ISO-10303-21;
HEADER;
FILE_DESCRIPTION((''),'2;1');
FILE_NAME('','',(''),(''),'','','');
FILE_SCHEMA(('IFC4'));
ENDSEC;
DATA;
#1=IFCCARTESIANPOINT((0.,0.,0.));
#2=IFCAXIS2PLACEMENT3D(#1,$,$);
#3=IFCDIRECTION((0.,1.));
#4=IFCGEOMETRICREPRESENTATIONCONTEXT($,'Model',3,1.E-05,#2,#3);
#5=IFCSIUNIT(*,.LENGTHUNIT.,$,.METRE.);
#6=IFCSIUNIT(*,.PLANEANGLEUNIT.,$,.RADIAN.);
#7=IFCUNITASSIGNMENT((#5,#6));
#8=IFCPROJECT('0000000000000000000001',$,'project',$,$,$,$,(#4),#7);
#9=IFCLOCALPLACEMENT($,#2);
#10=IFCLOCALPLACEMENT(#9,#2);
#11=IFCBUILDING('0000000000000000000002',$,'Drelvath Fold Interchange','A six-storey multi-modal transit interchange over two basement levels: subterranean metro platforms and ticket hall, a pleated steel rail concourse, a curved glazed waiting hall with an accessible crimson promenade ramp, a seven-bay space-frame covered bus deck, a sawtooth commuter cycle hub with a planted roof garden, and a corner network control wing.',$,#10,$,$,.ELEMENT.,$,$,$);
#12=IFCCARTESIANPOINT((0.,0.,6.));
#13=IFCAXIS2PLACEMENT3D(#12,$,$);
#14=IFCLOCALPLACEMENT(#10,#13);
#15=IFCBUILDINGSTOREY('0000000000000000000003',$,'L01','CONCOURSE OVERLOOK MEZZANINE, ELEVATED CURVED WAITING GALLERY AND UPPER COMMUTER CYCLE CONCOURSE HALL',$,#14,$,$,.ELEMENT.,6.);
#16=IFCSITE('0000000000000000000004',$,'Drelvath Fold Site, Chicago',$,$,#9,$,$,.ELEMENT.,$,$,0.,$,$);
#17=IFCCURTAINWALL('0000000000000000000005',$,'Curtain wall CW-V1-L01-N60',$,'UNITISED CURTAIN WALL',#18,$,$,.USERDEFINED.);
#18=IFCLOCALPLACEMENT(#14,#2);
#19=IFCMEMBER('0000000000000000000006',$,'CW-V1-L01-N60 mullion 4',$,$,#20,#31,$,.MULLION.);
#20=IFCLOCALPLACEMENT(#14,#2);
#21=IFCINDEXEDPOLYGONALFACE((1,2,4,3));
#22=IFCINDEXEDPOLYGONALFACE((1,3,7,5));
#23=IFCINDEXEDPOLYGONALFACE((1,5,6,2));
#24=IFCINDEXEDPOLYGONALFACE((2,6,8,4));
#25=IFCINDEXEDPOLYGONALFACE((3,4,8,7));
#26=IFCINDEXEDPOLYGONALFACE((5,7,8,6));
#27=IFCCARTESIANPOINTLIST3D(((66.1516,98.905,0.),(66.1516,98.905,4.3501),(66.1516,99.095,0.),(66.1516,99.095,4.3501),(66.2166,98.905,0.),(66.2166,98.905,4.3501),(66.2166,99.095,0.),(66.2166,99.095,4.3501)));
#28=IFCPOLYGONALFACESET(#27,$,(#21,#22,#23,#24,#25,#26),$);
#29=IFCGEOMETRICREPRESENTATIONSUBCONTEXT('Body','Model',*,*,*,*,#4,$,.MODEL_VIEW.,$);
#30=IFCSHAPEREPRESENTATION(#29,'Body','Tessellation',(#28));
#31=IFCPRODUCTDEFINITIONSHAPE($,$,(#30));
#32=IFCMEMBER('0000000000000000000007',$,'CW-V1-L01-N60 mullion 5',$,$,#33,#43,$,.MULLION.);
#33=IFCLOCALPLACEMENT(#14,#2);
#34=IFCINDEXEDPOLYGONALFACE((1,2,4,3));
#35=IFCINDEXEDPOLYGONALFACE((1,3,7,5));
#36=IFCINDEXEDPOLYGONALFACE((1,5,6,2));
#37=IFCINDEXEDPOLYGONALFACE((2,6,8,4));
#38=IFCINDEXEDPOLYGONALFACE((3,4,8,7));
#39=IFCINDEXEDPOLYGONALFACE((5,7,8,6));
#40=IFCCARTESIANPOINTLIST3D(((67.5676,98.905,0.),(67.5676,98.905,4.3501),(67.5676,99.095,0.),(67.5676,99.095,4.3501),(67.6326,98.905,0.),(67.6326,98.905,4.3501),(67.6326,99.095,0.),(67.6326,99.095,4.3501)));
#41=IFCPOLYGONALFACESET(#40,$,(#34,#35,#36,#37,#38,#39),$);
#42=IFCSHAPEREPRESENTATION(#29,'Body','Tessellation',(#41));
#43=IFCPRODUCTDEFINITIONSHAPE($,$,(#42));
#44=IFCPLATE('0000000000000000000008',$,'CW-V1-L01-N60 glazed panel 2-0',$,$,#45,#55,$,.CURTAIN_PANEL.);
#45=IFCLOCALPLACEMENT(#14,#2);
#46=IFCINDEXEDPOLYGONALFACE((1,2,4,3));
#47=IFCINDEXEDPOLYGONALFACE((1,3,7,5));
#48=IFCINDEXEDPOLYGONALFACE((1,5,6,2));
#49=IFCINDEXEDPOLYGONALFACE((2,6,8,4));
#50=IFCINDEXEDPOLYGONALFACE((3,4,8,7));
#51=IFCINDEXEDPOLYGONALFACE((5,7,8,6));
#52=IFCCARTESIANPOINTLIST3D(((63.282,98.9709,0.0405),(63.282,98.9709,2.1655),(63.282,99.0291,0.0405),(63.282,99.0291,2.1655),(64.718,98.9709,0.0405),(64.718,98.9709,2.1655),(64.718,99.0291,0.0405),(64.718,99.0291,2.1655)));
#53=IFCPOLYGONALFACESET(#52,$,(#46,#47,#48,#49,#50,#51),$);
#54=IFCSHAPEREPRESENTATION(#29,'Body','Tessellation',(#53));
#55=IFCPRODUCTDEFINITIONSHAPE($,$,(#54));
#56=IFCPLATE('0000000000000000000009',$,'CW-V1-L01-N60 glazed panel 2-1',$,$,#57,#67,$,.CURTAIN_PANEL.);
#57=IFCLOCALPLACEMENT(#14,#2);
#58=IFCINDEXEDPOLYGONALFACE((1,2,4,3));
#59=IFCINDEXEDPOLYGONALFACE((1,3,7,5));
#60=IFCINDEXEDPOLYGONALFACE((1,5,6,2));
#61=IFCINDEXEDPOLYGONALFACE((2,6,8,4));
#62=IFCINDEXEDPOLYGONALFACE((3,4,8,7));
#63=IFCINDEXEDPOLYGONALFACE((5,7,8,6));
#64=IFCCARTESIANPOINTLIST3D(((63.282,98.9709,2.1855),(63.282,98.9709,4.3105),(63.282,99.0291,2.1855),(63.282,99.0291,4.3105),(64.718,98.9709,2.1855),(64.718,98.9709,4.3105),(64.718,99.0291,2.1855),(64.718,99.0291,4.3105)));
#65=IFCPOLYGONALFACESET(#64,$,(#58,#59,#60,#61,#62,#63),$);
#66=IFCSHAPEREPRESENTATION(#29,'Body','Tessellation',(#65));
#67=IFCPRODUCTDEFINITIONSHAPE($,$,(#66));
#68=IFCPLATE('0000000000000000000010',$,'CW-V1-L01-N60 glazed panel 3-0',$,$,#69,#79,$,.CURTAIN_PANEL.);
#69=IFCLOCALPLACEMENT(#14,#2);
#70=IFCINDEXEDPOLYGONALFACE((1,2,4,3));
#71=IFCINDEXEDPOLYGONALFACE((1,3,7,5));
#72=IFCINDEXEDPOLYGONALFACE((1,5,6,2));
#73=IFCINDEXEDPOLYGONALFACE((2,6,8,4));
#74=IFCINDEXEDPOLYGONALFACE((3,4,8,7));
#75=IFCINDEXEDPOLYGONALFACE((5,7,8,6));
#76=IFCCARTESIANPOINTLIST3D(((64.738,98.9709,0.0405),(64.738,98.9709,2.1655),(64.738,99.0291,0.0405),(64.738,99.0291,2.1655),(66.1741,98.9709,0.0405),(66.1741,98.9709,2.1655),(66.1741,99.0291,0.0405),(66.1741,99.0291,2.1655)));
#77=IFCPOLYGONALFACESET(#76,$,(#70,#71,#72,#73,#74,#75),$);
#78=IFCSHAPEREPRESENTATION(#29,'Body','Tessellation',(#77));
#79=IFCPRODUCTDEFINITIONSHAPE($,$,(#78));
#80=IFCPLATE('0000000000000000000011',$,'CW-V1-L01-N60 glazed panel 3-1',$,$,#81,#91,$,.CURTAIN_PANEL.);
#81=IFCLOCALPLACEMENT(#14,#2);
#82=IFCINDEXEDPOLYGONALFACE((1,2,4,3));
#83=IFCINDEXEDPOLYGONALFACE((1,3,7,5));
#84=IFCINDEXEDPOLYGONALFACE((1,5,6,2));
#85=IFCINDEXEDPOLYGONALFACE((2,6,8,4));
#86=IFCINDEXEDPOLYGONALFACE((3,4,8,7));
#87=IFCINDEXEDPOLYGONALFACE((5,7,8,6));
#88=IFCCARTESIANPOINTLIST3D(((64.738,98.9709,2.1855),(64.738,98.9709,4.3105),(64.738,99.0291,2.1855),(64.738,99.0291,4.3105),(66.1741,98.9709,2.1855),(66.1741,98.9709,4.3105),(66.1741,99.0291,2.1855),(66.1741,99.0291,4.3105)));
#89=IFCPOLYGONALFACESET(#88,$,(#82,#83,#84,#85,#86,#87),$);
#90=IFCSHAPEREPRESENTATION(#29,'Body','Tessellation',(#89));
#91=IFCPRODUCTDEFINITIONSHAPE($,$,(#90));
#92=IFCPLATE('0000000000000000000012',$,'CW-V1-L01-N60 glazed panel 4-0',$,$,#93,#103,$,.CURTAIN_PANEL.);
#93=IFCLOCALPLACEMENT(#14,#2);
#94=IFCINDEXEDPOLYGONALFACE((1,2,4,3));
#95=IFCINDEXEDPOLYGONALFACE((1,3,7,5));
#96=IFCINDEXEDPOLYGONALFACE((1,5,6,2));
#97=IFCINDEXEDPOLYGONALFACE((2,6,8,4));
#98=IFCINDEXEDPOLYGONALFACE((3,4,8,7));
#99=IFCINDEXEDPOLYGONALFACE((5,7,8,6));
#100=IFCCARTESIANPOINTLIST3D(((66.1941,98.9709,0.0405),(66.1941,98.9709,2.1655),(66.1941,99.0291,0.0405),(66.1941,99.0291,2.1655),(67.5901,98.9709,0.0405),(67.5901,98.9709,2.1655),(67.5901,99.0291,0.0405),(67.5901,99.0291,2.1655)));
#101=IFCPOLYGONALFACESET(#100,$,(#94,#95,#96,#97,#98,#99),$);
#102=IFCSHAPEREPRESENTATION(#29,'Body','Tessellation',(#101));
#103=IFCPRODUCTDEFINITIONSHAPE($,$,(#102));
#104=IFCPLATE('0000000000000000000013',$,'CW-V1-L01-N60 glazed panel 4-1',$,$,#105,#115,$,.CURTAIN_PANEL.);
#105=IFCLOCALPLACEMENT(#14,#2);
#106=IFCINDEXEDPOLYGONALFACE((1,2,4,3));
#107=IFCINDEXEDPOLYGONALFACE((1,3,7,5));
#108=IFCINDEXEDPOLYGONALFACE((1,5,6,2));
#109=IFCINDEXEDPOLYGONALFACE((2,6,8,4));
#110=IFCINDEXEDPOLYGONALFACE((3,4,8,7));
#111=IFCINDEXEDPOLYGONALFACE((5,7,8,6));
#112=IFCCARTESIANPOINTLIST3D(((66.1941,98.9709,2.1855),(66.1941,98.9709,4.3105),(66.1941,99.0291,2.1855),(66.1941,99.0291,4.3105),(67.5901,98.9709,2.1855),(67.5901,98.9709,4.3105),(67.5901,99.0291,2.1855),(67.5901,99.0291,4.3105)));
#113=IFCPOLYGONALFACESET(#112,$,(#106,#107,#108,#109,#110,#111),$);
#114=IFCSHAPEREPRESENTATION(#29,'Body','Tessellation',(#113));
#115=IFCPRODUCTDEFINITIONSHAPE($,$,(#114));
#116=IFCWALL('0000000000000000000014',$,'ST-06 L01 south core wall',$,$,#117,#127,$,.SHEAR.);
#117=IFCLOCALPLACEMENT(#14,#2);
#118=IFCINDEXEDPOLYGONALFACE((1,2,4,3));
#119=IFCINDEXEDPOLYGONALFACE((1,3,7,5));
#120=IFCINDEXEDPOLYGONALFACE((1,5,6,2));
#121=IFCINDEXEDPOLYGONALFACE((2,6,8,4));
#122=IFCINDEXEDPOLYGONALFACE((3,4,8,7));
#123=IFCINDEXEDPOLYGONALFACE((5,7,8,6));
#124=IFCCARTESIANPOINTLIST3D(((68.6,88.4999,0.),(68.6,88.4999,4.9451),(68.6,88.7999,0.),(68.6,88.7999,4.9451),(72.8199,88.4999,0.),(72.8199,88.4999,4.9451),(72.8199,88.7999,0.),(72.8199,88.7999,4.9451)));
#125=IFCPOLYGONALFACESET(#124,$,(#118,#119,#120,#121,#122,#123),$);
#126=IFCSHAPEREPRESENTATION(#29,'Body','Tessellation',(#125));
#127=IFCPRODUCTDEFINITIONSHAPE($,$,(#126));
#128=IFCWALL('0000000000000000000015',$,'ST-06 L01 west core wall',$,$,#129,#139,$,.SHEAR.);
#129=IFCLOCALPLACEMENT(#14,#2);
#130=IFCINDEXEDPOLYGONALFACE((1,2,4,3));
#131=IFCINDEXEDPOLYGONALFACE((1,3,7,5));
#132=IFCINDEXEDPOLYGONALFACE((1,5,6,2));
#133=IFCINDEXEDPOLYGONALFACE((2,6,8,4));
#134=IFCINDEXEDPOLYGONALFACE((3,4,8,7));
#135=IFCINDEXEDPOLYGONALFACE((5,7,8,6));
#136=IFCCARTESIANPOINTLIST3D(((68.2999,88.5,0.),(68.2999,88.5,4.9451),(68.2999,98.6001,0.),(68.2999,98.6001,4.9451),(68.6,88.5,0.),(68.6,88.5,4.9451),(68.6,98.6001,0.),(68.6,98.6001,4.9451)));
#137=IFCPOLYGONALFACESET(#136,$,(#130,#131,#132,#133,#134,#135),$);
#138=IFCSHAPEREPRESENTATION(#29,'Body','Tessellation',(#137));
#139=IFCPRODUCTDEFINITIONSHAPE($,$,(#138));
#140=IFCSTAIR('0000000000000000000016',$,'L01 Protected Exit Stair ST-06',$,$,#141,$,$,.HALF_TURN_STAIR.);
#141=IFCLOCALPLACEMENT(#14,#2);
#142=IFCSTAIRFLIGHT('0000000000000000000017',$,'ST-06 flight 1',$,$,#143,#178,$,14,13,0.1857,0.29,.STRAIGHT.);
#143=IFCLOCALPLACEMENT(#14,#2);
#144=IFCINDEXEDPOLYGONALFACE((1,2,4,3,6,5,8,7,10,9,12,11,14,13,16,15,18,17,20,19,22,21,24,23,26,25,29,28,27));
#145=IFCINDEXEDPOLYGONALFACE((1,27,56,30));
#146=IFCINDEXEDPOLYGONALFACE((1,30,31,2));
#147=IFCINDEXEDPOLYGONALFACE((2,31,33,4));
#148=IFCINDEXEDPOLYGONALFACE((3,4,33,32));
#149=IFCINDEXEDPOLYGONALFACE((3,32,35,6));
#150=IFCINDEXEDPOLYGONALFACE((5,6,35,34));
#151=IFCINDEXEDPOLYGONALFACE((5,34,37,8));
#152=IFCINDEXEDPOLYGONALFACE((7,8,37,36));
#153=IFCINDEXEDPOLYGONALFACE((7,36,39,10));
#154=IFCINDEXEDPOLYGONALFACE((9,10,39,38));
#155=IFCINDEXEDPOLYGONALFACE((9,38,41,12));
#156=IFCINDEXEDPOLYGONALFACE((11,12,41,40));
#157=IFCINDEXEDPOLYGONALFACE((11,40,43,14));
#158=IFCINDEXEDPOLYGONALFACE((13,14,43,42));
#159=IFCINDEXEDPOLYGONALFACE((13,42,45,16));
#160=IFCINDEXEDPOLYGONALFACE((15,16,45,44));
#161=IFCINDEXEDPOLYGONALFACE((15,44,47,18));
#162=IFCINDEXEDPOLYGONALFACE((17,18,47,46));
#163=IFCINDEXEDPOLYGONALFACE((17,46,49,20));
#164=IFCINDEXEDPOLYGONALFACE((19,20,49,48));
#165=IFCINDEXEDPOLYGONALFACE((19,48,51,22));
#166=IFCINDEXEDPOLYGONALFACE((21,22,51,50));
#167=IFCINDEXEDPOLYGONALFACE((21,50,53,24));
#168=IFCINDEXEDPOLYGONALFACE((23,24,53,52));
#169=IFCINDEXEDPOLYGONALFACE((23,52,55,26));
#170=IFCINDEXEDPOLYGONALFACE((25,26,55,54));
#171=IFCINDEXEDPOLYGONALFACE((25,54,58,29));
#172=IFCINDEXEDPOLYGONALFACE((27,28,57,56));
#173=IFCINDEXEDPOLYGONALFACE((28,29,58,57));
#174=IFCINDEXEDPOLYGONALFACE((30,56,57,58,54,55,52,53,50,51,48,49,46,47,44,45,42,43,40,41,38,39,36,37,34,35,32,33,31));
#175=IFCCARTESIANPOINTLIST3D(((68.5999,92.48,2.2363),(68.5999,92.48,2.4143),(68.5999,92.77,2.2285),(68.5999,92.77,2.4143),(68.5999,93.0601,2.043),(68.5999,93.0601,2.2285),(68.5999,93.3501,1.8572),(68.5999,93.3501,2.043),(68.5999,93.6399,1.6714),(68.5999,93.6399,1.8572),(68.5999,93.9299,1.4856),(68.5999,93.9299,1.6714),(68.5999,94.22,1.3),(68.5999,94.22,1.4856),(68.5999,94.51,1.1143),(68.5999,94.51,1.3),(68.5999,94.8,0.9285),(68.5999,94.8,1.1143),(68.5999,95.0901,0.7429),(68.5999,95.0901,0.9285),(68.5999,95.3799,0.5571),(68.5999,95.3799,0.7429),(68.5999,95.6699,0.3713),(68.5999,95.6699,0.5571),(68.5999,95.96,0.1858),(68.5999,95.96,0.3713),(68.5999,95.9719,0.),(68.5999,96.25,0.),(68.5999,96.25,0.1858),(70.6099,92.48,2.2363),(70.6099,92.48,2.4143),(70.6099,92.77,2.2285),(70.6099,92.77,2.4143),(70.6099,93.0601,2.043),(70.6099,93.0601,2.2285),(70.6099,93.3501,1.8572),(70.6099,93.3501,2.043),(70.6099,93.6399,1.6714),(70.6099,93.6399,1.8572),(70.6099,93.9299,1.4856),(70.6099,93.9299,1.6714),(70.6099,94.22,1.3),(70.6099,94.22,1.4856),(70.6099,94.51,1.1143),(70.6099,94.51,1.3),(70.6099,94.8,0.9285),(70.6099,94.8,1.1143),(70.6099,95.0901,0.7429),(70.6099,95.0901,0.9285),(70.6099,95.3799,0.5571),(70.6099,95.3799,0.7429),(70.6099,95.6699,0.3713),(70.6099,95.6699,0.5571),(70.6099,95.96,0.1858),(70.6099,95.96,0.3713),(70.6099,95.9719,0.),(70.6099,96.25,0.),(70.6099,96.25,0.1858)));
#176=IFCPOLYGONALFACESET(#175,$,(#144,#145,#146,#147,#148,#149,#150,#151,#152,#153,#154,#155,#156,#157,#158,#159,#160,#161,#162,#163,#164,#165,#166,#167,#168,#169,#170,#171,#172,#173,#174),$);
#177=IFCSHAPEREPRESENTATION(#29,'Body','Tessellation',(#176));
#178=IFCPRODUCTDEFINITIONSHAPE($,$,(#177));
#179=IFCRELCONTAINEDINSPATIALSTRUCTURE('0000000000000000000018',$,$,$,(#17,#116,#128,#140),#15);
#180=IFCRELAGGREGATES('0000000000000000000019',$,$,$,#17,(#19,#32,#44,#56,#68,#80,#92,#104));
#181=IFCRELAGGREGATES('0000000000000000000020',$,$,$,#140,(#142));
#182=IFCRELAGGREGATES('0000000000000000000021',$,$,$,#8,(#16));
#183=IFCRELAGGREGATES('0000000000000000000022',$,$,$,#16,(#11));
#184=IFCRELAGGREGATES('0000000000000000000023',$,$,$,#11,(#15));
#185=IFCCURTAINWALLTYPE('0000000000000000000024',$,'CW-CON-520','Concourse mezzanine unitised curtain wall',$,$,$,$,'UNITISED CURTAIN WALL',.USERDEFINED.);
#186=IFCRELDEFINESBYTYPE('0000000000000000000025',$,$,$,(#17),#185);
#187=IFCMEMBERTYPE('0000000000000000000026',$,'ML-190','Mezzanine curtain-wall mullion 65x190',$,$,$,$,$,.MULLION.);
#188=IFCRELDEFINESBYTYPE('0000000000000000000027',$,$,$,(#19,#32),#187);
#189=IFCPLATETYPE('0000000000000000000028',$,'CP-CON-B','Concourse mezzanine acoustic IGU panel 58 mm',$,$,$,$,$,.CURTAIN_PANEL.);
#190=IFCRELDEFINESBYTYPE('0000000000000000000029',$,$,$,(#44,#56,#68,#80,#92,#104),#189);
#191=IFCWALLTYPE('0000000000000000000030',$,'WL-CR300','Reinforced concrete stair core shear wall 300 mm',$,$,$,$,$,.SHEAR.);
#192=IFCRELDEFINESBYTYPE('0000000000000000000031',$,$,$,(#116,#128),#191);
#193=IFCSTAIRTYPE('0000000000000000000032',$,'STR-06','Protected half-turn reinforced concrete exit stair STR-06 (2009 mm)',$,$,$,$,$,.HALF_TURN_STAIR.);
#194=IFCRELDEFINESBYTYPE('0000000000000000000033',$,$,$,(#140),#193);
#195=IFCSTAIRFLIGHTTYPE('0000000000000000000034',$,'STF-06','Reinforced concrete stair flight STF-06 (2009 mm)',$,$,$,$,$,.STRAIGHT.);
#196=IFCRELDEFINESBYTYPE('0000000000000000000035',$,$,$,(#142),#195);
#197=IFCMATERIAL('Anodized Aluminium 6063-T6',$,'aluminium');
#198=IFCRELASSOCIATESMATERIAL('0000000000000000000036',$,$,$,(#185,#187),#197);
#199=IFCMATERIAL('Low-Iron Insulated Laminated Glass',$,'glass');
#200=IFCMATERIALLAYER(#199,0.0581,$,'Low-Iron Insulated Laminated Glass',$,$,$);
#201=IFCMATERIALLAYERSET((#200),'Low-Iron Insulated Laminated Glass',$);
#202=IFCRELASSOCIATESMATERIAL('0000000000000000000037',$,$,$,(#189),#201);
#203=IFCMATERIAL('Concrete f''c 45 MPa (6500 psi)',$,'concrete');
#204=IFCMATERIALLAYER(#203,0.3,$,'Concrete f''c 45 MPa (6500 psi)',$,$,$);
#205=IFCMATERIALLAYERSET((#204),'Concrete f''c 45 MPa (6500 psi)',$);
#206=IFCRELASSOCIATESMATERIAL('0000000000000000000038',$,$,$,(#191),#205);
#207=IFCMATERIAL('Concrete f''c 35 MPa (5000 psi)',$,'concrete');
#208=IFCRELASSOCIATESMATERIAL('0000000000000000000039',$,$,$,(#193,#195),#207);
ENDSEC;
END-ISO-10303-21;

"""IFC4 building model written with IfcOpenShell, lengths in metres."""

from ifc_helpers import new_model, si_unit, direction, frame, frame_2d, origin, origin_2d, place, context, subcontext, project, spatial, polyline, rectangle, outline, extrude, material, layer, layer_set, material_profile, profile_set, type_object, element, aggregate, save


model = new_model("IFC4")

# Units and contexts
model_context = context("Model", 3, precision=1e-05, world=origin(), true_north=direction((0.0, 1.0)))
body_context = subcontext(model_context, "Body", "Model", "MODEL_VIEW")
ifc_project = project(units=[si_unit("LENGTHUNIT", "METRE"), si_unit("PLANEANGLEUNIT", "RADIAN")], contexts=[model_context])

# Site, building, storey
site_placement = place(None, origin())
site = spatial("IfcSite", under=ifc_project, at=site_placement, Name="Drelvath Fold Site, Chicago", CompositionType="ELEMENT", RefElevation=0.0)
building_placement = place(site_placement, origin())
building = spatial("IfcBuilding", under=site, at=building_placement, Name="Drelvath Fold Interchange", Description="A six-storey multi-modal transit interchange over two basement levels: subterranean metro platforms and ticket hall, a pleated steel rail concourse, a curved glazed waiting hall with an accessible crimson promenade ramp, a seven-bay space-frame covered bus deck, a sawtooth commuter cycle hub with a planted roof garden, and a corner network control wing.", CompositionType="ELEMENT")
storey_placement = place(building_placement, frame((0.0, 0.0, 6.0)))
storey = spatial("IfcBuildingStorey", under=building, at=storey_placement, Name="L01", Description="CONCOURSE OVERLOOK MEZZANINE, ELEVATED CURVED WAITING GALLERY AND UPPER COMMUTER CYCLE CONCOURSE HALL", CompositionType="ELEMENT", Elevation=6.0)

# Curtain wall, members, plates
ifc_material_1 = material(Name="Anodized Aluminium 6063-T6", Category="aluminium")
curtain_wall_type = type_object("IfcCurtainWallType", Name="CW-CON-520", Description="Concourse mezzanine unitised curtain wall", ElementType="UNITISED CURTAIN WALL", PredefinedType="USERDEFINED", material=ifc_material_1)
curtain_wall_placement = place(storey_placement, origin())
curtain_wall = element("IfcCurtainWall", 1, at=curtain_wall_placement, inside=storey, type_object=curtain_wall_type, Name="Curtain wall CW-V1-L01-N60", ObjectType="UNITISED CURTAIN WALL", PredefinedType="USERDEFINED")
ifc_material_profile_1 = material_profile(ifc_material_1, rectangle(XDim=0.0649, YDim=0.1899, at=origin_2d()), Name="AL-M 65x190")
ifc_profile_set_1 = profile_set([ifc_material_profile_1], Name="Anodized Aluminium 6063-T6")
member_type = type_object("IfcMemberType", Name="ML-190", Description="Mezzanine curtain-wall mullion 65x190", PredefinedType="MULLION", material=ifc_profile_set_1)
member_1_placement = place(storey_placement, frame((66.1841, 99.0, 0.0), z_axis=(0.0, 0.0, 1.0), x_axis=(1.0, 0.0, 0.0)))
member_1 = element("IfcMember", 2, at=member_1_placement, type_object=member_type, Name="CW-V1-L01-N60 mullion 4", PredefinedType="MULLION", context=body_context, shape_type="SweptSolid", body=[
    extrude(rectangle(XDim=0.0649, YDim=0.1899, at=origin_2d()), origin(), (0.0, 0.0, 1.0), 4.3501),
])
member_2_placement = place(storey_placement, frame((67.6001, 99.0, 0.0), z_axis=(0.0, 0.0, 1.0), x_axis=(1.0, 0.0, 0.0)))
member_2 = element("IfcMember", 3, at=member_2_placement, type_object=member_type, Name="CW-V1-L01-N60 mullion 5", PredefinedType="MULLION", context=body_context, shape_type="SweptSolid", body=[
    extrude(rectangle(XDim=0.0649, YDim=0.1899, at=origin_2d()), origin(), (0.0, 0.0, 1.0), 4.3501),
])
ifc_material_2 = material(Name="Low-Iron Insulated Laminated Glass", Category="glass")
ifc_layer_1 = layer(ifc_material_2, 0.0581, Name="Low-Iron Insulated Laminated Glass")
ifc_layer_set_1 = layer_set([ifc_layer_1], Name="Low-Iron Insulated Laminated Glass")
plate_type = type_object("IfcPlateType", Name="CP-CON-B", Description="Concourse mezzanine acoustic IGU panel 58 mm", PredefinedType="CURTAIN_PANEL", material=ifc_layer_set_1)
plate_1_placement = place(storey_placement, frame((64.0, 99.0, 0.0405), z_axis=(0.0, 0.0, 1.0), x_axis=(1.0, 0.0, 0.0)))
plate_1 = element("IfcPlate", 4, at=plate_1_placement, type_object=plate_type, Name="CW-V1-L01-N60 glazed panel 2-0", PredefinedType="CURTAIN_PANEL", context=body_context, shape_type="SweptSolid", body=[
    extrude(rectangle(XDim=1.436, YDim=0.0581, at=origin_2d()), origin(), (0.0, 0.0, 1.0), 2.125),
])
plate_2_placement = place(storey_placement, frame((64.0, 99.0, 2.1855), z_axis=(0.0, 0.0, 1.0), x_axis=(1.0, 0.0, 0.0)))
plate_2 = element("IfcPlate", 5, at=plate_2_placement, type_object=plate_type, Name="CW-V1-L01-N60 glazed panel 2-1", PredefinedType="CURTAIN_PANEL", context=body_context, shape_type="SweptSolid", body=[
    extrude(rectangle(XDim=1.436, YDim=0.0581, at=origin_2d()), origin(), (0.0, 0.0, 1.0), 2.125),
])
plate_3_placement = place(storey_placement, frame((65.4561, 99.0, 0.0405), z_axis=(0.0, 0.0, 1.0), x_axis=(1.0, 0.0, 0.0)))
plate_3 = element("IfcPlate", 6, at=plate_3_placement, type_object=plate_type, Name="CW-V1-L01-N60 glazed panel 3-0", PredefinedType="CURTAIN_PANEL", context=body_context, shape_type="SweptSolid", body=[
    extrude(rectangle(XDim=1.436, YDim=0.0581, at=origin_2d()), origin(), (0.0, 0.0, 1.0), 2.125),
])
plate_4_placement = place(storey_placement, frame((65.4561, 99.0, 2.1855), z_axis=(0.0, 0.0, 1.0), x_axis=(1.0, 0.0, 0.0)))
plate_4 = element("IfcPlate", 7, at=plate_4_placement, type_object=plate_type, Name="CW-V1-L01-N60 glazed panel 3-1", PredefinedType="CURTAIN_PANEL", context=body_context, shape_type="SweptSolid", body=[
    extrude(rectangle(XDim=1.436, YDim=0.0581, at=origin_2d()), origin(), (0.0, 0.0, 1.0), 2.125),
])
plate_5_placement = place(storey_placement, frame((66.8921, 99.0, 0.0405), z_axis=(0.0, 0.0, 1.0), x_axis=(1.0, 0.0, 0.0)))
plate_5 = element("IfcPlate", 8, at=plate_5_placement, type_object=plate_type, Name="CW-V1-L01-N60 glazed panel 4-0", PredefinedType="CURTAIN_PANEL", context=body_context, shape_type="SweptSolid", body=[
    extrude(rectangle(XDim=1.396, YDim=0.0581, at=origin_2d()), origin(), (0.0, 0.0, 1.0), 2.125),
])
plate_6_placement = place(storey_placement, frame((66.8921, 99.0, 2.1855), z_axis=(0.0, 0.0, 1.0), x_axis=(1.0, 0.0, 0.0)))
plate_6 = element("IfcPlate", 9, at=plate_6_placement, type_object=plate_type, Name="CW-V1-L01-N60 glazed panel 4-1", PredefinedType="CURTAIN_PANEL", context=body_context, shape_type="SweptSolid", body=[
    extrude(rectangle(XDim=1.396, YDim=0.0581, at=origin_2d()), origin(), (0.0, 0.0, 1.0), 2.125),
])
aggregate(curtain_wall, [member_1, member_2, plate_1, plate_2, plate_3, plate_4, plate_5, plate_6])

# Walls
ifc_material_3 = material(Name="Concrete f'c 45 MPa (6500 psi)", Category="concrete")
ifc_layer_2 = layer(ifc_material_3, 0.3, Name="Concrete f'c 45 MPa (6500 psi)")
ifc_layer_set_2 = layer_set([ifc_layer_2], Name="Concrete f'c 45 MPa (6500 psi)")
wall_type = type_object("IfcWallType", Name="WL-CR300", Description="Reinforced concrete stair core shear wall 300 mm", PredefinedType="SHEAR", material=ifc_layer_set_2)
wall_1_placement = place(storey_placement, frame((68.6001, 88.6499, 0.0), z_axis=(0.0, 0.0, 1.0), x_axis=(1.0, 0.0, 0.0)))
element("IfcWall", 10, at=wall_1_placement, inside=storey, type_object=wall_type, Name="ST-06 L01 south core wall", PredefinedType="SHEAR", context=body_context, shape_type="SweptSolid", body=[
    extrude(rectangle(XDim=4.22, YDim=0.3, at=frame_2d((2.1099, 0.0))), origin(), (0.0, 0.0, 1.0), 4.9451),
])
wall_2_placement = place(storey_placement, frame((68.45, 98.6001, 0.0), z_axis=(0.0, 0.0, 1.0), x_axis=(0.0, -1.0, 0.0)))
element("IfcWall", 11, at=wall_2_placement, inside=storey, type_object=wall_type, Name="ST-06 L01 west core wall", PredefinedType="SHEAR", context=body_context, shape_type="SweptSolid", body=[
    extrude(rectangle(XDim=10.1001, YDim=0.3, at=frame_2d((5.05, 0.0))), origin(), (0.0, 0.0, 1.0), 4.9451),
])

# Stair, stair flight
ifc_material_4 = material(Name="Concrete f'c 35 MPa (5000 psi)", Category="concrete")
stair_type = type_object("IfcStairType", Name="STR-06", Description="Protected half-turn reinforced concrete exit stair STR-06 (2009 mm)", PredefinedType="HALF_TURN_STAIR", material=ifc_material_4)
stair_placement = place(storey_placement, origin())
stair = element("IfcStair", 12, at=stair_placement, inside=storey, type_object=stair_type, Name="L01 Protected Exit Stair ST-06", PredefinedType="HALF_TURN_STAIR")
stair_flight_type = type_object("IfcStairFlightType", Name="STF-06", Description="Reinforced concrete stair flight STF-06 (2009 mm)", PredefinedType="STRAIGHT", material=ifc_material_4)
stair_flight_1_placement = place(storey_placement, frame((69.605, 96.25, 0.0), z_axis=(0.0, 0.0, 1.0), x_axis=(0.0, -1.0, 0.0)))
stair_flight_1 = element("IfcStairFlight", 13, at=stair_flight_1_placement, type_object=stair_flight_type, Name="ST-06 flight 1", NumberOfRisers=14, NumberOfTreads=13, PredefinedType="STRAIGHT", RiserHeight=0.1857, TreadLength=0.29, context=body_context, shape_type="SweptSolid", body=[
    extrude(outline(polyline([(0.0, 0.0), (0.0, 0.1858), (0.29, 0.1858), (0.29, 0.3713), (0.5801, 0.3713), (0.5801, 0.5571), (0.8701, 0.5571), (0.8701, 0.7429), (1.1599, 0.7429), (1.1599, 0.9285), (1.45, 0.9285), (1.45, 1.1143), (1.74, 1.1143), (1.74, 1.3), (2.03, 1.3), (2.03, 1.4856), (2.3201, 1.4856), (2.3201, 1.6714), (2.6101, 1.6714), (2.6101, 1.8572), (2.8999, 1.8572), (2.8999, 2.043), (3.1899, 2.043), (3.1899, 2.2285), (3.48, 2.2285), (3.48, 2.4143), (3.77, 2.4143), (3.77, 2.6001), (3.77, 2.2363), (0.2781, 0.0), (0.0, 0.0)])), frame((0.0, 1.0049, 0.0), z_axis=(0.0, -1.0, 0.0), x_axis=(1.0, 0.0, 0.0)), (0.0, 0.0, 1.0), 2.01),
])
aggregate(stair, [stair_flight_1])

save(model, "model.ifc")
